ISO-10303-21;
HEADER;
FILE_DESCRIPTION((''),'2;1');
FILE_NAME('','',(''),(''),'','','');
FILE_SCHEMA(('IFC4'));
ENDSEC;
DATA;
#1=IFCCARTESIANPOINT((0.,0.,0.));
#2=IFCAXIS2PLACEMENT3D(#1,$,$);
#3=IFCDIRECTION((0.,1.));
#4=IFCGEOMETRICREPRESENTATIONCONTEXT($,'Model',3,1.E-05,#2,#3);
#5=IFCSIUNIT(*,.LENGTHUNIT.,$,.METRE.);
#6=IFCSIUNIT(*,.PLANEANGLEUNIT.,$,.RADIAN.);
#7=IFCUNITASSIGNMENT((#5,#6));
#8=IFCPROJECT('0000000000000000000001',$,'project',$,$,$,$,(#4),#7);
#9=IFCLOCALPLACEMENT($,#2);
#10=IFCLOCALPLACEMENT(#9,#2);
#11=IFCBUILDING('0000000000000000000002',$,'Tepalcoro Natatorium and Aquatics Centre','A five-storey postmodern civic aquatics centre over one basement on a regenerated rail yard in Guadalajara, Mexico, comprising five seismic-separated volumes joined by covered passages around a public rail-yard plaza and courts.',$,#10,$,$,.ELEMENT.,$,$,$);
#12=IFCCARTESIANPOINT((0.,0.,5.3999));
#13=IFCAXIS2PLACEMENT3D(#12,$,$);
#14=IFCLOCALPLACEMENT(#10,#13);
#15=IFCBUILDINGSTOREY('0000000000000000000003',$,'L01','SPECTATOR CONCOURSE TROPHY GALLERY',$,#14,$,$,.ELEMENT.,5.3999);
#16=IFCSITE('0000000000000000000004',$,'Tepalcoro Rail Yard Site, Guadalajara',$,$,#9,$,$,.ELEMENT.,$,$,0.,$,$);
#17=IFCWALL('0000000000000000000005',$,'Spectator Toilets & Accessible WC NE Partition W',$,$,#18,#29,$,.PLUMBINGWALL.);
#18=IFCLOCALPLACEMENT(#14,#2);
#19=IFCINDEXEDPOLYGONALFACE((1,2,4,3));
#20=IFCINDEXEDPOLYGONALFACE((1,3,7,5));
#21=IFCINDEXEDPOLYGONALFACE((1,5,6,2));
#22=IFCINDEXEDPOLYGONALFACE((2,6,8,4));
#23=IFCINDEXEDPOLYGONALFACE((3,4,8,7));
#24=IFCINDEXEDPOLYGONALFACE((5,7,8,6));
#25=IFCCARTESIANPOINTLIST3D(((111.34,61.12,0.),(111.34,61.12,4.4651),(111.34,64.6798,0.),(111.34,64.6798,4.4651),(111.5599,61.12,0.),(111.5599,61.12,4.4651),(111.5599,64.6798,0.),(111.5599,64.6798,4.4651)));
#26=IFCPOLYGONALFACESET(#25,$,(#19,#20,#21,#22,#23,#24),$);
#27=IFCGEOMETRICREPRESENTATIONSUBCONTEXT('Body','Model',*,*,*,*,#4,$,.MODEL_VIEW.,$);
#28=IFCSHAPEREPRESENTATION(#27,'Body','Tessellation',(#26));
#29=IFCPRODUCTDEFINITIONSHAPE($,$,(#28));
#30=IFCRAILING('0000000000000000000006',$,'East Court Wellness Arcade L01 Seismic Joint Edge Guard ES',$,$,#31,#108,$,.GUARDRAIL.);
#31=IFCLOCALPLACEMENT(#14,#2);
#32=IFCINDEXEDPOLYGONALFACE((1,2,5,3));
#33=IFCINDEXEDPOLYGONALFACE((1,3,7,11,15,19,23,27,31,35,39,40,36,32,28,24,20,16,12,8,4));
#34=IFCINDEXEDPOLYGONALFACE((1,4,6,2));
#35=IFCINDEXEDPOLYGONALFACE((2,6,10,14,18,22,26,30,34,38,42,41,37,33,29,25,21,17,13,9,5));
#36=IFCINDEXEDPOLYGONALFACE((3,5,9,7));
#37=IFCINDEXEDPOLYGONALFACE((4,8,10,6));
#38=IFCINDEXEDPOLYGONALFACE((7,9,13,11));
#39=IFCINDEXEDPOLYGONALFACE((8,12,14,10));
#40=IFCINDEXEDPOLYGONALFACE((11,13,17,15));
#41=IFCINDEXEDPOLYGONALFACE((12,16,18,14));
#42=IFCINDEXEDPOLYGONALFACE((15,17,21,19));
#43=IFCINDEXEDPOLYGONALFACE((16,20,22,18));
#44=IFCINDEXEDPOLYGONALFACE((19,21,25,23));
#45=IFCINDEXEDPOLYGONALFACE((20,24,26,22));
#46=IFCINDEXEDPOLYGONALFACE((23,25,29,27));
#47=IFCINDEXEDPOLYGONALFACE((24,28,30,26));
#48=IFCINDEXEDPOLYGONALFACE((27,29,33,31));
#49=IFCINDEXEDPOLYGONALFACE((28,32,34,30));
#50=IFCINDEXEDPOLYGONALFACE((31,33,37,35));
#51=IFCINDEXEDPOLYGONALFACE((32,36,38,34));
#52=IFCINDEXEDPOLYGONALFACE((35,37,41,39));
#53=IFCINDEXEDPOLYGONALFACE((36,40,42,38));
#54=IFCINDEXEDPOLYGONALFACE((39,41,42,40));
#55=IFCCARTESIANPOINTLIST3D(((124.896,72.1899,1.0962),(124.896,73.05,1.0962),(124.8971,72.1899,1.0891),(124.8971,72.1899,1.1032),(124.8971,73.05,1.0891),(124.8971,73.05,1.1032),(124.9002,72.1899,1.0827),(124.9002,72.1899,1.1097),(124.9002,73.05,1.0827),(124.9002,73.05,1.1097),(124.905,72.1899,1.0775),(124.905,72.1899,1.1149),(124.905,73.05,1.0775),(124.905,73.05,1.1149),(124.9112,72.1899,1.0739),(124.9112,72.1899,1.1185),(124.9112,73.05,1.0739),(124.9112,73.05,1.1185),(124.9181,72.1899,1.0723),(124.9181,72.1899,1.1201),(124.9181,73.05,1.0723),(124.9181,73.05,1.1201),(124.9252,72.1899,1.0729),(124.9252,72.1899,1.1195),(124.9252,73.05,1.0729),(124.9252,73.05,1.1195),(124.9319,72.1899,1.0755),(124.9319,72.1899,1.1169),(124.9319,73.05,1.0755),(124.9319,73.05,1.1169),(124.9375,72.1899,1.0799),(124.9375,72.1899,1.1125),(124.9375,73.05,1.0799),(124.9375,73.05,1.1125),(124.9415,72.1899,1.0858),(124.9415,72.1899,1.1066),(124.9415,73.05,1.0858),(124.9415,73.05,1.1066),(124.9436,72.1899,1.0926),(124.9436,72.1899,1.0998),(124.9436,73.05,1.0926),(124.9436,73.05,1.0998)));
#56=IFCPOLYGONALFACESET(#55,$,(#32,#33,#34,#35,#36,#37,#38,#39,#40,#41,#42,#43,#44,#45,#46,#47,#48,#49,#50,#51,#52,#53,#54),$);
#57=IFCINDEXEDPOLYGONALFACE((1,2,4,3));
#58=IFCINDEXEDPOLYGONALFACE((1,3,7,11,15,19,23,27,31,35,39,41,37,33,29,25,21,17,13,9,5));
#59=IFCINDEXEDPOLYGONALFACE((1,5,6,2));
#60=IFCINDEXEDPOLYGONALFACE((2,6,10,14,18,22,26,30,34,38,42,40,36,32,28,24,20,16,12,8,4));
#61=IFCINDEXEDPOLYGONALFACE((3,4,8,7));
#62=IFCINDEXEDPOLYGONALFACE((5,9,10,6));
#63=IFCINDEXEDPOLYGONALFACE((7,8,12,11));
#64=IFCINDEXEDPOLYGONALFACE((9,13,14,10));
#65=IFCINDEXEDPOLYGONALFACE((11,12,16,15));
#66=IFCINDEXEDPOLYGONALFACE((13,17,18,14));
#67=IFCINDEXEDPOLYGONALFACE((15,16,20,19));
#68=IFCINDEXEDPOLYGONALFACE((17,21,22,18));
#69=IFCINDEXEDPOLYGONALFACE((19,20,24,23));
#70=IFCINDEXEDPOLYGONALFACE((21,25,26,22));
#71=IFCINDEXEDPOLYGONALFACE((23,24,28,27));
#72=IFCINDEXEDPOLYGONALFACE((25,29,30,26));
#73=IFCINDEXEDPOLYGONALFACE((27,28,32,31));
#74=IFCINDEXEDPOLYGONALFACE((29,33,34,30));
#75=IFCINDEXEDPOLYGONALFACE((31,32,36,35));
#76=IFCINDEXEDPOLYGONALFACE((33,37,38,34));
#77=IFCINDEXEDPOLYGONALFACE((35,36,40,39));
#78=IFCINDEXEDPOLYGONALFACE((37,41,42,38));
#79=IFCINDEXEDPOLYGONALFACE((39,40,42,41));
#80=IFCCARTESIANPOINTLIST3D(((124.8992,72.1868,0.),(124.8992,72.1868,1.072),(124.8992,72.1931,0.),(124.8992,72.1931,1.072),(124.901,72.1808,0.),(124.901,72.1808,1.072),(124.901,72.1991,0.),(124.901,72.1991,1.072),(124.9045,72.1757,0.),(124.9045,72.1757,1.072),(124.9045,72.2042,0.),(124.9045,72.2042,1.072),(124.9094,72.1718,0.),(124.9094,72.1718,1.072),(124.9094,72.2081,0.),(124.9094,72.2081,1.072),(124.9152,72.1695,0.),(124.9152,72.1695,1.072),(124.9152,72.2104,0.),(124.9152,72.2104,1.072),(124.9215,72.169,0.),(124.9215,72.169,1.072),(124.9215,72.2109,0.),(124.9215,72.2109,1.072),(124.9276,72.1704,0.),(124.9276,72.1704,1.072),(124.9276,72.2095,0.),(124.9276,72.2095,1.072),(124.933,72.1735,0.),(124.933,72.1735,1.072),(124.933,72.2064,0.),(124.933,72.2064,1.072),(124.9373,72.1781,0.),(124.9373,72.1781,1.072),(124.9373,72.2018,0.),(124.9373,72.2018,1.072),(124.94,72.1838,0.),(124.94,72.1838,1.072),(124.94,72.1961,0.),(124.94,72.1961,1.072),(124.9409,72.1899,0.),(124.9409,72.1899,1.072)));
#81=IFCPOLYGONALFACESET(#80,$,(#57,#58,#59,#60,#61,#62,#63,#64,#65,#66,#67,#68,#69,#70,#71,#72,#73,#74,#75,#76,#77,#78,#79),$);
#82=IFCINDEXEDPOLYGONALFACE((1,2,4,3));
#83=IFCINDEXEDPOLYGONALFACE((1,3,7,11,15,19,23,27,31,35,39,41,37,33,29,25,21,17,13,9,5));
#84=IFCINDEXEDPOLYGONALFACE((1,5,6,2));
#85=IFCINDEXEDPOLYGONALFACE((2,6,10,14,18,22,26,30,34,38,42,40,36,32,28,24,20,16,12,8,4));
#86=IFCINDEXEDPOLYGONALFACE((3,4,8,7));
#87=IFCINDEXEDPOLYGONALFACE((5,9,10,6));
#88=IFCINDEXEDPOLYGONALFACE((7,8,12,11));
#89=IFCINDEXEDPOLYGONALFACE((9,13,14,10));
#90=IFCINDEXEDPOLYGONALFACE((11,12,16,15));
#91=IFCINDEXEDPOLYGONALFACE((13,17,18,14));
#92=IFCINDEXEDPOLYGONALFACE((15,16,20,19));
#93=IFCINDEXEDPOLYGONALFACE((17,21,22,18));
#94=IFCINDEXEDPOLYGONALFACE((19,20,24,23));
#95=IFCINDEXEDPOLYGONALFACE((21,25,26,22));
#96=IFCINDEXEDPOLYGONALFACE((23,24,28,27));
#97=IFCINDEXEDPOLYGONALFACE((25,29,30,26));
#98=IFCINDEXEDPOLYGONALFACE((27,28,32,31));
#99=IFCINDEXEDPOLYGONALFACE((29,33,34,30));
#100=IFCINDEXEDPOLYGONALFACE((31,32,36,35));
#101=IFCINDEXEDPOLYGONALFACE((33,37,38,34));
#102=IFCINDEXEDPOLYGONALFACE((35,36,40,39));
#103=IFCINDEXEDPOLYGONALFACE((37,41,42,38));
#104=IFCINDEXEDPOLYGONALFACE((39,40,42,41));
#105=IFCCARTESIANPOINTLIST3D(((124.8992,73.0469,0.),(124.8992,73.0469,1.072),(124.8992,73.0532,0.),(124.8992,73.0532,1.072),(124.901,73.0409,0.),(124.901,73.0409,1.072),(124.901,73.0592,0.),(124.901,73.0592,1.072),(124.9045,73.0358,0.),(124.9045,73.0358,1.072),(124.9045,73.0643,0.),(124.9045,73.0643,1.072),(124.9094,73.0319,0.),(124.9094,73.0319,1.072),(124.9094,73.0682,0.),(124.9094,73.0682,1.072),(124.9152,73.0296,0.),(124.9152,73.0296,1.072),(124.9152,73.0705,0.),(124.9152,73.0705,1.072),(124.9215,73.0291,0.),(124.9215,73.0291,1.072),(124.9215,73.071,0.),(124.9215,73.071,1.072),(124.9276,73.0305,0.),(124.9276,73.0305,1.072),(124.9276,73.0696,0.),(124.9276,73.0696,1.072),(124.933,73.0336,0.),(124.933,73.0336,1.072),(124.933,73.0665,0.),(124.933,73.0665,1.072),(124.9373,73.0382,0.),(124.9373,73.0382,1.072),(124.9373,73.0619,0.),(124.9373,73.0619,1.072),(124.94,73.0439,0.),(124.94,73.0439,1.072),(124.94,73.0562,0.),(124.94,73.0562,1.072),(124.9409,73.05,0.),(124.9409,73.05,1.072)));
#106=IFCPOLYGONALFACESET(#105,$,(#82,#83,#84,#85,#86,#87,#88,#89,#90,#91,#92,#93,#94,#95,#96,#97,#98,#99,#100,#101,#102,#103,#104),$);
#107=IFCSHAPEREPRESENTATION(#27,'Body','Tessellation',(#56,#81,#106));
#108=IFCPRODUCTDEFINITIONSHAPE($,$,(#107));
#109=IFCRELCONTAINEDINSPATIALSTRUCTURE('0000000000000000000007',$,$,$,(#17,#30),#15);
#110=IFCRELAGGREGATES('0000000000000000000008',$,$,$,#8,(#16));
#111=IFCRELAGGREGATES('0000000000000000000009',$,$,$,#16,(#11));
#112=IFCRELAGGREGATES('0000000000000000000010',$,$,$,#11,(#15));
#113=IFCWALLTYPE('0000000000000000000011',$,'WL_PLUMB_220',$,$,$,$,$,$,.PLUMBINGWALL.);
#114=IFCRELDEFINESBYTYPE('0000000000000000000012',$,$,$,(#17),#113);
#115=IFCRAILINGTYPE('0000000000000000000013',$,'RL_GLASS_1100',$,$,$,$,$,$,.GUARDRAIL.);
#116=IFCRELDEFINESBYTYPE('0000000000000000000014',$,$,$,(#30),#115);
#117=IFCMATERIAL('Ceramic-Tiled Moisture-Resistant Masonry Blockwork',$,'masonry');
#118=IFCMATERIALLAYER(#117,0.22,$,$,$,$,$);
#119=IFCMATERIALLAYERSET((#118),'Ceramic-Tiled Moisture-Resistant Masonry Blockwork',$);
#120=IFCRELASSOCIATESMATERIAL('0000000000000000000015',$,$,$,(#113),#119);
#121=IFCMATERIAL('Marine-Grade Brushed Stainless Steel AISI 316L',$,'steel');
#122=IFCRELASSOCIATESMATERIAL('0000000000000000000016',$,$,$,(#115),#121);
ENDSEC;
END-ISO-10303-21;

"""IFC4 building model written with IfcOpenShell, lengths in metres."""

from ifc_helpers import new_model, si_unit, direction, frame, frame_2d, origin, origin_2d, place, context, subcontext, project, spatial, rectangle, circle, extrude, material, layer, layer_set, type_object, element, save


model = new_model("IFC4")

# Units and contexts
model_context = context("Model", 3, precision=1e-05, world=origin(), true_north=direction((0.0, 1.0)))
body_context = subcontext(model_context, "Body", "Model", "MODEL_VIEW")
ifc_project = project(units=[si_unit("LENGTHUNIT", "METRE"), si_unit("PLANEANGLEUNIT", "RADIAN")], contexts=[model_context])

# Site, building, storey
site_placement = place(None, origin())
site = spatial("IfcSite", under=ifc_project, at=site_placement, Name="Tepalcoro Rail Yard Site, Guadalajara", CompositionType="ELEMENT", RefElevation=0.0)
building_placement = place(site_placement, origin())
building = spatial("IfcBuilding", under=site, at=building_placement, Name="Tepalcoro Natatorium and Aquatics Centre", Description="A five-storey postmodern civic aquatics centre over one basement on a regenerated rail yard in Guadalajara, Mexico, comprising five seismic-separated volumes joined by covered passages around a public rail-yard plaza and courts.", CompositionType="ELEMENT")
storey_placement = place(building_placement, frame((0.0, 0.0, 5.3999)))
storey = spatial("IfcBuildingStorey", under=building, at=storey_placement, Name="L01", Description="SPECTATOR CONCOURSE TROPHY GALLERY", CompositionType="ELEMENT", Elevation=5.3999)

# Wall
ifc_material_1 = material(Name="Ceramic-Tiled Moisture-Resistant Masonry Blockwork", Category="masonry")
ifc_layer_1 = layer(ifc_material_1, 0.22)
ifc_layer_set_1 = layer_set([ifc_layer_1], Name="Ceramic-Tiled Moisture-Resistant Masonry Blockwork")
wall_type_1 = type_object("IfcWallType", Name="WL_PLUMB_220", PredefinedType="PLUMBINGWALL", material=ifc_layer_set_1)
for number, where, z_axis, x_axis, name in (
    (1, (111.45, 61.1201, 0.0), (0.0, 0.0, 1.0), (0.0, 1.0, 0.0), "Spectator Toilets & Accessible WC NE Partition W"),
):
    element("IfcWall", number, at=place(storey_placement, frame(where, z_axis=z_axis, x_axis=x_axis)), inside=storey, type_object=wall_type_1, Name=name, PredefinedType="PLUMBINGWALL", context=body_context, shape_type="SweptSolid", body=[
        extrude(rectangle(XDim=3.5598, YDim=0.22, at=frame_2d((1.7798, 0.0))), origin(), (0.0, 0.0, 1.0), 4.4651),
    ])

# Railing
ifc_material_2 = material(Name="Marine-Grade Brushed Stainless Steel AISI 316L", Category="steel")
railing_type = type_object("IfcRailingType", Name="RL_GLASS_1100", PredefinedType="GUARDRAIL", material=ifc_material_2)
railing_placement = place(storey_placement, frame((124.9199, 72.1899, 0.0)))
element("IfcRailing", 2, at=railing_placement, inside=storey, type_object=railing_type, Name="East Court Wellness Arcade L01 Seismic Joint Edge Guard ES", PredefinedType="GUARDRAIL", context=body_context, shape_type="SweptSolid", body=[
    extrude(circle(Radius=0.0239, at=origin_2d()), frame((0.0, 0.0, 1.0962), z_axis=(0.0, 1.0, 0.0), x_axis=(-1.0, 0.0, 0.0)), (0.0, 0.0, 1.0), 0.8601),
    extrude(circle(Radius=0.021, at=origin_2d()), origin(), (0.0, 0.0, 1.0), 1.072),
    extrude(circle(Radius=0.021, at=origin_2d()), frame((0.0, 0.8601, 0.0)), (0.0, 0.0, 1.0), 1.072),
])

save(model, "model.ifc")
